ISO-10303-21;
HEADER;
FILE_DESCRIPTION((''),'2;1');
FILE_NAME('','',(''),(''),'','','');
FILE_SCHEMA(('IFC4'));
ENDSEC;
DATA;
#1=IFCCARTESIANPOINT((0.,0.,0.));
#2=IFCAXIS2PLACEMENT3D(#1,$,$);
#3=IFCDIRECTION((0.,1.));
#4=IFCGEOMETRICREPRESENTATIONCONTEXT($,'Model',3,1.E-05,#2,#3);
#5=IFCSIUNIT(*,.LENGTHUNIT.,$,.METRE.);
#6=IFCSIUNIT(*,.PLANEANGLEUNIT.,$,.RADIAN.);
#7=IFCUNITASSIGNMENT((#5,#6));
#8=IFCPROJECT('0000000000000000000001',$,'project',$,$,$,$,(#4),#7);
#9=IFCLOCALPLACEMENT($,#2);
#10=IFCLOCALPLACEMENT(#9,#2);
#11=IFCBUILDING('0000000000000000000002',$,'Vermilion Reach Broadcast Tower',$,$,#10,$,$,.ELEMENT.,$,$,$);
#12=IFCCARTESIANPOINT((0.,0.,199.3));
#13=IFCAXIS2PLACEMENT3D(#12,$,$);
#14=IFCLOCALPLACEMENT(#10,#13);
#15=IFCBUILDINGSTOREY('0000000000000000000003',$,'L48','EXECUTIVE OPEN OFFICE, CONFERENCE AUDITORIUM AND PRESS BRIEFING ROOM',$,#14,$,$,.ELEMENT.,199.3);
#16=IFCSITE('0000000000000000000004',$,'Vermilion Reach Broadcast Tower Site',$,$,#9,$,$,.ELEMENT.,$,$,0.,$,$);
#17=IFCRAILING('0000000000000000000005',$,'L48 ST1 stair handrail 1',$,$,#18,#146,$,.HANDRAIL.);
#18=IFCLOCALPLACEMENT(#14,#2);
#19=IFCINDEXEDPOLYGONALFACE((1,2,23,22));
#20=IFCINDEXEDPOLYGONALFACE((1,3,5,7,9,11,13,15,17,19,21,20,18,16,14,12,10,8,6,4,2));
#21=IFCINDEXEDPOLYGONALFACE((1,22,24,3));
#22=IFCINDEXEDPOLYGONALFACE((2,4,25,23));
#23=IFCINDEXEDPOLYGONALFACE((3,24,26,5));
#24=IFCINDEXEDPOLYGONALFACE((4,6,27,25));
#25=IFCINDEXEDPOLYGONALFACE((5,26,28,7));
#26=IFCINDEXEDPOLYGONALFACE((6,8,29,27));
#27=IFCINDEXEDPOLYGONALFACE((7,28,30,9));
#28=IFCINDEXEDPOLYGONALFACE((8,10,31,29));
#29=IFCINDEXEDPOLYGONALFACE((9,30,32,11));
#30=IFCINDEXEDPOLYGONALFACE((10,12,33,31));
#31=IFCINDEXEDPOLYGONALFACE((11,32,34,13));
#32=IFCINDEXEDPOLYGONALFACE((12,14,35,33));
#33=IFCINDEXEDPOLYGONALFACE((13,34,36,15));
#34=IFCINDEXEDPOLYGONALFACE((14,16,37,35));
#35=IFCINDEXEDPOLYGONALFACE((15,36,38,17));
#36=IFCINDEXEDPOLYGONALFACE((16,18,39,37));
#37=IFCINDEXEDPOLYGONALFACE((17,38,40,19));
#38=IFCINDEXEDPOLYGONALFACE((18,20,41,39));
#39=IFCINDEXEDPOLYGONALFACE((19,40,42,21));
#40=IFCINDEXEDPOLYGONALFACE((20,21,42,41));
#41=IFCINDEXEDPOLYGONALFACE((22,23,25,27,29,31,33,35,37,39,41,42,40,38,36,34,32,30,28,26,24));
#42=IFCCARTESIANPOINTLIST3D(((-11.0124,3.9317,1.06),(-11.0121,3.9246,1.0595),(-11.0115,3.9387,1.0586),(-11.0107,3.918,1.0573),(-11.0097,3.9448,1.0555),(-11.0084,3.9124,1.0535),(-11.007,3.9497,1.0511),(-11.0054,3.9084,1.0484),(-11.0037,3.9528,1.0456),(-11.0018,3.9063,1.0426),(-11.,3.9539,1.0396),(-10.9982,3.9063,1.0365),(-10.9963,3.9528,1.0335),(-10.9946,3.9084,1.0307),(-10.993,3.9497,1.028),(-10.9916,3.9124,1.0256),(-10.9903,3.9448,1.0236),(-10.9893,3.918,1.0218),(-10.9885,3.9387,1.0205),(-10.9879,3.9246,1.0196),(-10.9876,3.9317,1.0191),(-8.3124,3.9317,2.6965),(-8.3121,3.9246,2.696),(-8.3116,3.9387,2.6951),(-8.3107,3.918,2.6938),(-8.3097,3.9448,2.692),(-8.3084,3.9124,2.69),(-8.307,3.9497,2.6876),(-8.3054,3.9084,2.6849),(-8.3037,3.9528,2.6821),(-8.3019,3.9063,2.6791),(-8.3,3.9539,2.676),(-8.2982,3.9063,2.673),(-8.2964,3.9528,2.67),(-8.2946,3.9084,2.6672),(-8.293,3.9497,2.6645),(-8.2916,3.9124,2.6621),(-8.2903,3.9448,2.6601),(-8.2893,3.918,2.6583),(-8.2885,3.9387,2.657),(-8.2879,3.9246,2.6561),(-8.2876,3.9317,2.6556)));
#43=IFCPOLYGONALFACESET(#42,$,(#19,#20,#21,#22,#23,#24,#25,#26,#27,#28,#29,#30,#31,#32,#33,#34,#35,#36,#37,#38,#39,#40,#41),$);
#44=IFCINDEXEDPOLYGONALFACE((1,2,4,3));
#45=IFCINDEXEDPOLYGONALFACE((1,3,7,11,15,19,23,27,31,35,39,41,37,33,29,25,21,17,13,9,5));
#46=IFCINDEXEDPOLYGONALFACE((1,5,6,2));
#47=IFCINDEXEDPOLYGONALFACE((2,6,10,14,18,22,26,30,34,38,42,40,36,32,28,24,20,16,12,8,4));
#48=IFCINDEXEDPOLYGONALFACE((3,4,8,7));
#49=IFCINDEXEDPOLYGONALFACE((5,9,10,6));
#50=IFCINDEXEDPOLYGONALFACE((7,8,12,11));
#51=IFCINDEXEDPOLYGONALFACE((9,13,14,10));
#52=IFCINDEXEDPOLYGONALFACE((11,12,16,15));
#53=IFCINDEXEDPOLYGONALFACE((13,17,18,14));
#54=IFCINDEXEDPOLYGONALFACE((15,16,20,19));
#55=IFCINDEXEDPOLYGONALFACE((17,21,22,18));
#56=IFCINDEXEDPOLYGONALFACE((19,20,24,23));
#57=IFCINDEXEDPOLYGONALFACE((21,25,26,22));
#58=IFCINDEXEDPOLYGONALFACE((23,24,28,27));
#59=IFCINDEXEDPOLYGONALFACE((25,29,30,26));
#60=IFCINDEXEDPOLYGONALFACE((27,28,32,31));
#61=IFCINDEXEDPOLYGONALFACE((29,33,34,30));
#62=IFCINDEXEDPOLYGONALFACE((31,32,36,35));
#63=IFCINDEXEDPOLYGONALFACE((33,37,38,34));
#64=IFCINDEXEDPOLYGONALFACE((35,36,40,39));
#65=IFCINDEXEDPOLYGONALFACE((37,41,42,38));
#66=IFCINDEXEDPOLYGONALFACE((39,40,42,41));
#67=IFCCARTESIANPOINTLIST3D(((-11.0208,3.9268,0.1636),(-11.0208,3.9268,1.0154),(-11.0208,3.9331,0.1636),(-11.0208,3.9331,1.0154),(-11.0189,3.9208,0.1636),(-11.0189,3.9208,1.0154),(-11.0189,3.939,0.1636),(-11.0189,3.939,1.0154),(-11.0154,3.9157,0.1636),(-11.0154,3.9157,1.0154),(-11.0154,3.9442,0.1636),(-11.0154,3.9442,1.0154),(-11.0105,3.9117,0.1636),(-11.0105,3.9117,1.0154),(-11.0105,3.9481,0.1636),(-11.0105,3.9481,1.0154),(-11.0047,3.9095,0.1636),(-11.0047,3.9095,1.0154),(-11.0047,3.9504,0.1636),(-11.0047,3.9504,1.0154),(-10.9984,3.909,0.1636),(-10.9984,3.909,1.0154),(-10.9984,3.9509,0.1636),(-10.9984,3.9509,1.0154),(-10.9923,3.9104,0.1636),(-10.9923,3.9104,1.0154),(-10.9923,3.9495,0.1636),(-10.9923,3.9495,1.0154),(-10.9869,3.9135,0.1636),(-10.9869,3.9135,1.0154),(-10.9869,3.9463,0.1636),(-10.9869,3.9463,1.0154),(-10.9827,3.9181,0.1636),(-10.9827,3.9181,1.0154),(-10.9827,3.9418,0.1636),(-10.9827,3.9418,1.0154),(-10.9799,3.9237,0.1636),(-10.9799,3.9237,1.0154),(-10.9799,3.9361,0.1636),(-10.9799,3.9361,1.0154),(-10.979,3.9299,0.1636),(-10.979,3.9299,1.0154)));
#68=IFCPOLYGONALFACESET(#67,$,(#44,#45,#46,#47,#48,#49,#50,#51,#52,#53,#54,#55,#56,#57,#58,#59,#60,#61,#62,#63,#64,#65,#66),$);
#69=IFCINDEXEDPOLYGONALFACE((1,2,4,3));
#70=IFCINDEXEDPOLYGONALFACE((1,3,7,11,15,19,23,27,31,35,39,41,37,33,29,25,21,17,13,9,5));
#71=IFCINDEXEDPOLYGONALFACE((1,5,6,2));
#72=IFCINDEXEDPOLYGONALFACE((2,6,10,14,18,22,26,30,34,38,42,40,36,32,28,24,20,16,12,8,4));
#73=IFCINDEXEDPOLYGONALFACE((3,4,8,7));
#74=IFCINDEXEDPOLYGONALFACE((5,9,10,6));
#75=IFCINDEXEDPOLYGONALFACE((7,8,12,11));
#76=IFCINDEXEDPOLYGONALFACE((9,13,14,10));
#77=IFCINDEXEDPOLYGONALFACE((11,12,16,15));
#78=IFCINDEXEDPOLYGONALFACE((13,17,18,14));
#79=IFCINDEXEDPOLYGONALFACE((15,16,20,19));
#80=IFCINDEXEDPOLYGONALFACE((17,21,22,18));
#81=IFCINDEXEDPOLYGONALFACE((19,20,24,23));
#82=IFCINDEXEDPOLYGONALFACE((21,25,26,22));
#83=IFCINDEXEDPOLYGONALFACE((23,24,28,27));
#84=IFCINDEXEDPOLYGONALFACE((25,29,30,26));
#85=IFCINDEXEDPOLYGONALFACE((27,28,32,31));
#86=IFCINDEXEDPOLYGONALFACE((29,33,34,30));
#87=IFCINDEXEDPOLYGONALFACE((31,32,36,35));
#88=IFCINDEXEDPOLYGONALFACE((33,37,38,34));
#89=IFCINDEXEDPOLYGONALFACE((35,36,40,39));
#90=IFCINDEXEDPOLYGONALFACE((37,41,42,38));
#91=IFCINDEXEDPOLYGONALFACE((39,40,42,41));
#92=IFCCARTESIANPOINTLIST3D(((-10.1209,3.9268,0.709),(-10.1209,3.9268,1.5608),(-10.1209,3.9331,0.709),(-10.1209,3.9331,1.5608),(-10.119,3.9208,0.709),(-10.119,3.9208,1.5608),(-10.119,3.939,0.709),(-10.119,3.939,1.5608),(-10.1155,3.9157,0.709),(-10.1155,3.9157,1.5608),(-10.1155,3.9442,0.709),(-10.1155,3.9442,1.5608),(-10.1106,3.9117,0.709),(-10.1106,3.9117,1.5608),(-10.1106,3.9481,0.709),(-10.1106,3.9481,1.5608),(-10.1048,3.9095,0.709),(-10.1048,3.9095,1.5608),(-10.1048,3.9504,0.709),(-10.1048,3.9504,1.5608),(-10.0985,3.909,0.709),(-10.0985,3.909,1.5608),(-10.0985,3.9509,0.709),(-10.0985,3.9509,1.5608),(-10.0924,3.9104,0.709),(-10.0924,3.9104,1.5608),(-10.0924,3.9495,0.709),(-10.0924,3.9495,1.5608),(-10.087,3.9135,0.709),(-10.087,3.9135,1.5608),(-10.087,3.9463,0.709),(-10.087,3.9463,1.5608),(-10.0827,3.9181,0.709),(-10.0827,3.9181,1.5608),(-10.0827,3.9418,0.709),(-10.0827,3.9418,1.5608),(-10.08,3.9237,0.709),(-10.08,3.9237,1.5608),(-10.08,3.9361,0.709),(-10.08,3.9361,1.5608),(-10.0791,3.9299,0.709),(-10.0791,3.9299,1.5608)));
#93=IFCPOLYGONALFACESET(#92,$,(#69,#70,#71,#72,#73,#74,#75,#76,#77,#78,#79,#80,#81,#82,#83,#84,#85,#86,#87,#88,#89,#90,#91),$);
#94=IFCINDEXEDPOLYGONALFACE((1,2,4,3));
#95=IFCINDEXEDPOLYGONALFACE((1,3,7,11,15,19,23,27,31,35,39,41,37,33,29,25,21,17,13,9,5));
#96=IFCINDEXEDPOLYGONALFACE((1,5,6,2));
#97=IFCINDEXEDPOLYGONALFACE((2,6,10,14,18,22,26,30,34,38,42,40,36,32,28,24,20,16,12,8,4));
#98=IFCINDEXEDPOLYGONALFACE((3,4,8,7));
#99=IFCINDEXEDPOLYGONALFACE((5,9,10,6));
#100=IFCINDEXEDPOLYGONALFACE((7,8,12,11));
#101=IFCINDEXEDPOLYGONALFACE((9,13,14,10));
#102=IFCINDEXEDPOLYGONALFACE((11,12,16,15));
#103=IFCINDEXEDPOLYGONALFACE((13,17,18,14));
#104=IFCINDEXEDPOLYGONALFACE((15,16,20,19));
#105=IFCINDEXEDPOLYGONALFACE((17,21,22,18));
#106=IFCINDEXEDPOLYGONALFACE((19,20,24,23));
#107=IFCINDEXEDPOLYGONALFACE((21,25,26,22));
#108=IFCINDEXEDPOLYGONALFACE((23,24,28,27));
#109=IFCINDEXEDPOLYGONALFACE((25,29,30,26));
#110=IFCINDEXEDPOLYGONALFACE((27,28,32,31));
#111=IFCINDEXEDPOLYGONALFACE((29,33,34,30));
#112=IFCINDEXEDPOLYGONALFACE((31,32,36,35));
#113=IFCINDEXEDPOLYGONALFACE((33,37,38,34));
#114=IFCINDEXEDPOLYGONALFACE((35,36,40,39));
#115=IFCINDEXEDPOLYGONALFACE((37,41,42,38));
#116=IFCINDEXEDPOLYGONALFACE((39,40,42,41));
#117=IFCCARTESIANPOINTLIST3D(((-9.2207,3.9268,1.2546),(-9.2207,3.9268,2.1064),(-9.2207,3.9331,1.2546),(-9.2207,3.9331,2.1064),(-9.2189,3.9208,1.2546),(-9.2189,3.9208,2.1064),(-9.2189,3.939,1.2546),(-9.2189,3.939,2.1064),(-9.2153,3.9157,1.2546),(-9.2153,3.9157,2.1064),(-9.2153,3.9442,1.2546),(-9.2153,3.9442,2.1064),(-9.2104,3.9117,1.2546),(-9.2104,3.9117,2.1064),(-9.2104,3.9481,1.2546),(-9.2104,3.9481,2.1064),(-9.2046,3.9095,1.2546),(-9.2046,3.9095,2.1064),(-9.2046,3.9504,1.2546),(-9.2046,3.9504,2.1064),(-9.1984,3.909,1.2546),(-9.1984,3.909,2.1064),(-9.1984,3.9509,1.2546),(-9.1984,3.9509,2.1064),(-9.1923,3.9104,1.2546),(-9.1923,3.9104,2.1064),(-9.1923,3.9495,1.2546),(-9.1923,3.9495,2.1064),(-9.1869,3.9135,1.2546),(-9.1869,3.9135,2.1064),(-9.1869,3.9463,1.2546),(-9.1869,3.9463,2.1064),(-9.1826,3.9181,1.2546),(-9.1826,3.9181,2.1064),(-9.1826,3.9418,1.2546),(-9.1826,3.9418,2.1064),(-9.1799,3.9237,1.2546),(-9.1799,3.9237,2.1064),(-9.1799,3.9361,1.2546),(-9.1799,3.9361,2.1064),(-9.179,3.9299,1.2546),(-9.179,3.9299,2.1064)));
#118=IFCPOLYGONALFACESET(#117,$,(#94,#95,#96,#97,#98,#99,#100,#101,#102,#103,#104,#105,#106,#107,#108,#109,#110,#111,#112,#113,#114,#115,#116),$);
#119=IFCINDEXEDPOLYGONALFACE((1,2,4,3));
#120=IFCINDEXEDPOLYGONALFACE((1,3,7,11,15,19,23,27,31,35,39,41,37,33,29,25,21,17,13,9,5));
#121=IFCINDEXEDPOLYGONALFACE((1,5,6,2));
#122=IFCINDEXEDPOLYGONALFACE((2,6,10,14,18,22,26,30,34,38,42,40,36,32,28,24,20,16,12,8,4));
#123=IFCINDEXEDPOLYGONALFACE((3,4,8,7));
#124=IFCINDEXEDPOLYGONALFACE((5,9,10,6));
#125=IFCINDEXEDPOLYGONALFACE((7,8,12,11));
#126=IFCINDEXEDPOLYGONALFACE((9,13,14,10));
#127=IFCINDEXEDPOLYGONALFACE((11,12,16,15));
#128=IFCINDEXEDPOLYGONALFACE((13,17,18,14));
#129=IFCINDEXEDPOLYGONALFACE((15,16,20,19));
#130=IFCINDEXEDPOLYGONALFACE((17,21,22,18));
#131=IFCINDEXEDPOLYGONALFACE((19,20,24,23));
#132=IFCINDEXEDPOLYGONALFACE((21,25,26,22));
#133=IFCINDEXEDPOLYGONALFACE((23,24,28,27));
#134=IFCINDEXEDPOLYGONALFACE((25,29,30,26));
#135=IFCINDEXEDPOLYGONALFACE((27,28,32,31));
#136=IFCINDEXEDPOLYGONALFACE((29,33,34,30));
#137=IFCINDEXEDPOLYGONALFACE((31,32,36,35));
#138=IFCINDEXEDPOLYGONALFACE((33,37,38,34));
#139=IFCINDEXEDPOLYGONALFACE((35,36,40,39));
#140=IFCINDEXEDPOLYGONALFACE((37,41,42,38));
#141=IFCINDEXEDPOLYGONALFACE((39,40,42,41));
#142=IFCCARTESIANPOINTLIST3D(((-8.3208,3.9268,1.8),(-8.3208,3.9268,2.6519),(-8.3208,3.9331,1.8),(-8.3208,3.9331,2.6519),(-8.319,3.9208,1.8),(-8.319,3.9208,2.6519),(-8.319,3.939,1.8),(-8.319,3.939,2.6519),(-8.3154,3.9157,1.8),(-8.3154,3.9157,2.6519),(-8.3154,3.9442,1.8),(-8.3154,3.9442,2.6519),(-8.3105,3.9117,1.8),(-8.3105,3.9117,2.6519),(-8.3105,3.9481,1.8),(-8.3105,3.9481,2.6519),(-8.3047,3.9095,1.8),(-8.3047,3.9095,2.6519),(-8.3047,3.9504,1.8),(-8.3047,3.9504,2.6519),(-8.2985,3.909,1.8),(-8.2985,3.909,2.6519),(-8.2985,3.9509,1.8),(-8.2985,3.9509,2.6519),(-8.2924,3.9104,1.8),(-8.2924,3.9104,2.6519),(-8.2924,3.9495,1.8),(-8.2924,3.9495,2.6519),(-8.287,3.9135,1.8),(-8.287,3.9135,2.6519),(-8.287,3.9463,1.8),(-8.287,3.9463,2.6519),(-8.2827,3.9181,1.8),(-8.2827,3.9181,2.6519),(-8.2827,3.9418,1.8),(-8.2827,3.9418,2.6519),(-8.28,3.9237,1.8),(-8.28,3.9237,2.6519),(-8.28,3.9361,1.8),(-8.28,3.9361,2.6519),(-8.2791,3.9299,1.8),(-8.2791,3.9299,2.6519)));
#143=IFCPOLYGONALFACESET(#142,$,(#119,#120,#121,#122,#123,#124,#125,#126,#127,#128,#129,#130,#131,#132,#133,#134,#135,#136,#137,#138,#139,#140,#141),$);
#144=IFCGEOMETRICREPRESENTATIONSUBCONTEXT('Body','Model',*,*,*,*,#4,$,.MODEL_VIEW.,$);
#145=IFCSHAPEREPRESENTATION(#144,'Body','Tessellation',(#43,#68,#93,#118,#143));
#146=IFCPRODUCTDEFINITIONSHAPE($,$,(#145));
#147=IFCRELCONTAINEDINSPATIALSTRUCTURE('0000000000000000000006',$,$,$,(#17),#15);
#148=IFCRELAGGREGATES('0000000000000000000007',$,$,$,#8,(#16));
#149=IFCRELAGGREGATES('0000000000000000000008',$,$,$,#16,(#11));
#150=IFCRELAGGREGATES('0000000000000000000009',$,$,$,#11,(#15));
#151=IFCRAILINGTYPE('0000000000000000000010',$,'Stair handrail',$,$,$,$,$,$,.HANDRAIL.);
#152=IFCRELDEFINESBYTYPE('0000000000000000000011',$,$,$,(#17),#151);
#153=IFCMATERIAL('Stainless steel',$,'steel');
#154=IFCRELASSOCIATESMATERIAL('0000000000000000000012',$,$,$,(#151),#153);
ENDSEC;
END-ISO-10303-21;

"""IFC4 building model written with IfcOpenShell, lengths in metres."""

from ifc_helpers import new_model, si_unit, direction, frame, origin, origin_2d, place, context, subcontext, project, spatial, circle, extrude, material, type_object, element, save


model = new_model("IFC4")

# Units and contexts
model_context = context("Model", 3, precision=1e-05, world=origin(), true_north=direction((0.0, 1.0)))
body_context = subcontext(model_context, "Body", "Model", "MODEL_VIEW")
ifc_project = project(units=[si_unit("LENGTHUNIT", "METRE"), si_unit("PLANEANGLEUNIT", "RADIAN")], contexts=[model_context])

# Site, building, storey
site_placement = place(None, origin())
site = spatial("IfcSite", under=ifc_project, at=site_placement, Name="Vermilion Reach Broadcast Tower Site", CompositionType="ELEMENT", RefElevation=0.0)
building_placement = place(site_placement, origin())
building = spatial("IfcBuilding", under=site, at=building_placement, Name="Vermilion Reach Broadcast Tower", CompositionType="ELEMENT")
storey_placement = place(building_placement, frame((0.0, 0.0, 199.3)))
storey = spatial("IfcBuildingStorey", under=building, at=storey_placement, Name="L48", Description="EXECUTIVE OPEN OFFICE, CONFERENCE AUDITORIUM AND PRESS BRIEFING ROOM", CompositionType="ELEMENT", Elevation=199.3)

# Railing
ifc_material_1 = material(Name="Stainless steel", Category="steel")
railing_type_1 = type_object("IfcRailingType", Name="Stair handrail", PredefinedType="HANDRAIL", material=ifc_material_1)
railing_1_placement = place(storey_placement, frame((-11.0, 3.9299, 0.1636)))
element("IfcRailing", 1, at=railing_1_placement, inside=storey, type_object=railing_type_1, Name="L48 ST1 stair handrail 1", PredefinedType="HANDRAIL", context=body_context, shape_type="SweptSolid", body=[
    extrude(circle(Radius=0.0239, at=origin_2d()), frame((0.0, 0.0, 0.876), z_axis=(0.855178, 0.0, 0.518334), x_axis=(0.0, 1.0, 0.0)), (0.0, 0.0, 1.0), 3.1572),
    extrude(circle(Radius=0.021, at=origin_2d()), origin(), (0.0, 0.0, 1.0), 0.8518),
    extrude(circle(Radius=0.021, at=origin_2d()), frame((0.8999, 0.0, 0.5454)), (0.0, 0.0, 1.0), 0.8518),
    extrude(circle(Radius=0.021, at=origin_2d()), frame((1.8, 0.0, 1.0911)), (0.0, 0.0, 1.0), 0.8518),
    extrude(circle(Radius=0.021, at=origin_2d()), frame((2.7, 0.0, 1.6365)), (0.0, 0.0, 1.0), 0.8518),
])

save(model, "model.ifc")
